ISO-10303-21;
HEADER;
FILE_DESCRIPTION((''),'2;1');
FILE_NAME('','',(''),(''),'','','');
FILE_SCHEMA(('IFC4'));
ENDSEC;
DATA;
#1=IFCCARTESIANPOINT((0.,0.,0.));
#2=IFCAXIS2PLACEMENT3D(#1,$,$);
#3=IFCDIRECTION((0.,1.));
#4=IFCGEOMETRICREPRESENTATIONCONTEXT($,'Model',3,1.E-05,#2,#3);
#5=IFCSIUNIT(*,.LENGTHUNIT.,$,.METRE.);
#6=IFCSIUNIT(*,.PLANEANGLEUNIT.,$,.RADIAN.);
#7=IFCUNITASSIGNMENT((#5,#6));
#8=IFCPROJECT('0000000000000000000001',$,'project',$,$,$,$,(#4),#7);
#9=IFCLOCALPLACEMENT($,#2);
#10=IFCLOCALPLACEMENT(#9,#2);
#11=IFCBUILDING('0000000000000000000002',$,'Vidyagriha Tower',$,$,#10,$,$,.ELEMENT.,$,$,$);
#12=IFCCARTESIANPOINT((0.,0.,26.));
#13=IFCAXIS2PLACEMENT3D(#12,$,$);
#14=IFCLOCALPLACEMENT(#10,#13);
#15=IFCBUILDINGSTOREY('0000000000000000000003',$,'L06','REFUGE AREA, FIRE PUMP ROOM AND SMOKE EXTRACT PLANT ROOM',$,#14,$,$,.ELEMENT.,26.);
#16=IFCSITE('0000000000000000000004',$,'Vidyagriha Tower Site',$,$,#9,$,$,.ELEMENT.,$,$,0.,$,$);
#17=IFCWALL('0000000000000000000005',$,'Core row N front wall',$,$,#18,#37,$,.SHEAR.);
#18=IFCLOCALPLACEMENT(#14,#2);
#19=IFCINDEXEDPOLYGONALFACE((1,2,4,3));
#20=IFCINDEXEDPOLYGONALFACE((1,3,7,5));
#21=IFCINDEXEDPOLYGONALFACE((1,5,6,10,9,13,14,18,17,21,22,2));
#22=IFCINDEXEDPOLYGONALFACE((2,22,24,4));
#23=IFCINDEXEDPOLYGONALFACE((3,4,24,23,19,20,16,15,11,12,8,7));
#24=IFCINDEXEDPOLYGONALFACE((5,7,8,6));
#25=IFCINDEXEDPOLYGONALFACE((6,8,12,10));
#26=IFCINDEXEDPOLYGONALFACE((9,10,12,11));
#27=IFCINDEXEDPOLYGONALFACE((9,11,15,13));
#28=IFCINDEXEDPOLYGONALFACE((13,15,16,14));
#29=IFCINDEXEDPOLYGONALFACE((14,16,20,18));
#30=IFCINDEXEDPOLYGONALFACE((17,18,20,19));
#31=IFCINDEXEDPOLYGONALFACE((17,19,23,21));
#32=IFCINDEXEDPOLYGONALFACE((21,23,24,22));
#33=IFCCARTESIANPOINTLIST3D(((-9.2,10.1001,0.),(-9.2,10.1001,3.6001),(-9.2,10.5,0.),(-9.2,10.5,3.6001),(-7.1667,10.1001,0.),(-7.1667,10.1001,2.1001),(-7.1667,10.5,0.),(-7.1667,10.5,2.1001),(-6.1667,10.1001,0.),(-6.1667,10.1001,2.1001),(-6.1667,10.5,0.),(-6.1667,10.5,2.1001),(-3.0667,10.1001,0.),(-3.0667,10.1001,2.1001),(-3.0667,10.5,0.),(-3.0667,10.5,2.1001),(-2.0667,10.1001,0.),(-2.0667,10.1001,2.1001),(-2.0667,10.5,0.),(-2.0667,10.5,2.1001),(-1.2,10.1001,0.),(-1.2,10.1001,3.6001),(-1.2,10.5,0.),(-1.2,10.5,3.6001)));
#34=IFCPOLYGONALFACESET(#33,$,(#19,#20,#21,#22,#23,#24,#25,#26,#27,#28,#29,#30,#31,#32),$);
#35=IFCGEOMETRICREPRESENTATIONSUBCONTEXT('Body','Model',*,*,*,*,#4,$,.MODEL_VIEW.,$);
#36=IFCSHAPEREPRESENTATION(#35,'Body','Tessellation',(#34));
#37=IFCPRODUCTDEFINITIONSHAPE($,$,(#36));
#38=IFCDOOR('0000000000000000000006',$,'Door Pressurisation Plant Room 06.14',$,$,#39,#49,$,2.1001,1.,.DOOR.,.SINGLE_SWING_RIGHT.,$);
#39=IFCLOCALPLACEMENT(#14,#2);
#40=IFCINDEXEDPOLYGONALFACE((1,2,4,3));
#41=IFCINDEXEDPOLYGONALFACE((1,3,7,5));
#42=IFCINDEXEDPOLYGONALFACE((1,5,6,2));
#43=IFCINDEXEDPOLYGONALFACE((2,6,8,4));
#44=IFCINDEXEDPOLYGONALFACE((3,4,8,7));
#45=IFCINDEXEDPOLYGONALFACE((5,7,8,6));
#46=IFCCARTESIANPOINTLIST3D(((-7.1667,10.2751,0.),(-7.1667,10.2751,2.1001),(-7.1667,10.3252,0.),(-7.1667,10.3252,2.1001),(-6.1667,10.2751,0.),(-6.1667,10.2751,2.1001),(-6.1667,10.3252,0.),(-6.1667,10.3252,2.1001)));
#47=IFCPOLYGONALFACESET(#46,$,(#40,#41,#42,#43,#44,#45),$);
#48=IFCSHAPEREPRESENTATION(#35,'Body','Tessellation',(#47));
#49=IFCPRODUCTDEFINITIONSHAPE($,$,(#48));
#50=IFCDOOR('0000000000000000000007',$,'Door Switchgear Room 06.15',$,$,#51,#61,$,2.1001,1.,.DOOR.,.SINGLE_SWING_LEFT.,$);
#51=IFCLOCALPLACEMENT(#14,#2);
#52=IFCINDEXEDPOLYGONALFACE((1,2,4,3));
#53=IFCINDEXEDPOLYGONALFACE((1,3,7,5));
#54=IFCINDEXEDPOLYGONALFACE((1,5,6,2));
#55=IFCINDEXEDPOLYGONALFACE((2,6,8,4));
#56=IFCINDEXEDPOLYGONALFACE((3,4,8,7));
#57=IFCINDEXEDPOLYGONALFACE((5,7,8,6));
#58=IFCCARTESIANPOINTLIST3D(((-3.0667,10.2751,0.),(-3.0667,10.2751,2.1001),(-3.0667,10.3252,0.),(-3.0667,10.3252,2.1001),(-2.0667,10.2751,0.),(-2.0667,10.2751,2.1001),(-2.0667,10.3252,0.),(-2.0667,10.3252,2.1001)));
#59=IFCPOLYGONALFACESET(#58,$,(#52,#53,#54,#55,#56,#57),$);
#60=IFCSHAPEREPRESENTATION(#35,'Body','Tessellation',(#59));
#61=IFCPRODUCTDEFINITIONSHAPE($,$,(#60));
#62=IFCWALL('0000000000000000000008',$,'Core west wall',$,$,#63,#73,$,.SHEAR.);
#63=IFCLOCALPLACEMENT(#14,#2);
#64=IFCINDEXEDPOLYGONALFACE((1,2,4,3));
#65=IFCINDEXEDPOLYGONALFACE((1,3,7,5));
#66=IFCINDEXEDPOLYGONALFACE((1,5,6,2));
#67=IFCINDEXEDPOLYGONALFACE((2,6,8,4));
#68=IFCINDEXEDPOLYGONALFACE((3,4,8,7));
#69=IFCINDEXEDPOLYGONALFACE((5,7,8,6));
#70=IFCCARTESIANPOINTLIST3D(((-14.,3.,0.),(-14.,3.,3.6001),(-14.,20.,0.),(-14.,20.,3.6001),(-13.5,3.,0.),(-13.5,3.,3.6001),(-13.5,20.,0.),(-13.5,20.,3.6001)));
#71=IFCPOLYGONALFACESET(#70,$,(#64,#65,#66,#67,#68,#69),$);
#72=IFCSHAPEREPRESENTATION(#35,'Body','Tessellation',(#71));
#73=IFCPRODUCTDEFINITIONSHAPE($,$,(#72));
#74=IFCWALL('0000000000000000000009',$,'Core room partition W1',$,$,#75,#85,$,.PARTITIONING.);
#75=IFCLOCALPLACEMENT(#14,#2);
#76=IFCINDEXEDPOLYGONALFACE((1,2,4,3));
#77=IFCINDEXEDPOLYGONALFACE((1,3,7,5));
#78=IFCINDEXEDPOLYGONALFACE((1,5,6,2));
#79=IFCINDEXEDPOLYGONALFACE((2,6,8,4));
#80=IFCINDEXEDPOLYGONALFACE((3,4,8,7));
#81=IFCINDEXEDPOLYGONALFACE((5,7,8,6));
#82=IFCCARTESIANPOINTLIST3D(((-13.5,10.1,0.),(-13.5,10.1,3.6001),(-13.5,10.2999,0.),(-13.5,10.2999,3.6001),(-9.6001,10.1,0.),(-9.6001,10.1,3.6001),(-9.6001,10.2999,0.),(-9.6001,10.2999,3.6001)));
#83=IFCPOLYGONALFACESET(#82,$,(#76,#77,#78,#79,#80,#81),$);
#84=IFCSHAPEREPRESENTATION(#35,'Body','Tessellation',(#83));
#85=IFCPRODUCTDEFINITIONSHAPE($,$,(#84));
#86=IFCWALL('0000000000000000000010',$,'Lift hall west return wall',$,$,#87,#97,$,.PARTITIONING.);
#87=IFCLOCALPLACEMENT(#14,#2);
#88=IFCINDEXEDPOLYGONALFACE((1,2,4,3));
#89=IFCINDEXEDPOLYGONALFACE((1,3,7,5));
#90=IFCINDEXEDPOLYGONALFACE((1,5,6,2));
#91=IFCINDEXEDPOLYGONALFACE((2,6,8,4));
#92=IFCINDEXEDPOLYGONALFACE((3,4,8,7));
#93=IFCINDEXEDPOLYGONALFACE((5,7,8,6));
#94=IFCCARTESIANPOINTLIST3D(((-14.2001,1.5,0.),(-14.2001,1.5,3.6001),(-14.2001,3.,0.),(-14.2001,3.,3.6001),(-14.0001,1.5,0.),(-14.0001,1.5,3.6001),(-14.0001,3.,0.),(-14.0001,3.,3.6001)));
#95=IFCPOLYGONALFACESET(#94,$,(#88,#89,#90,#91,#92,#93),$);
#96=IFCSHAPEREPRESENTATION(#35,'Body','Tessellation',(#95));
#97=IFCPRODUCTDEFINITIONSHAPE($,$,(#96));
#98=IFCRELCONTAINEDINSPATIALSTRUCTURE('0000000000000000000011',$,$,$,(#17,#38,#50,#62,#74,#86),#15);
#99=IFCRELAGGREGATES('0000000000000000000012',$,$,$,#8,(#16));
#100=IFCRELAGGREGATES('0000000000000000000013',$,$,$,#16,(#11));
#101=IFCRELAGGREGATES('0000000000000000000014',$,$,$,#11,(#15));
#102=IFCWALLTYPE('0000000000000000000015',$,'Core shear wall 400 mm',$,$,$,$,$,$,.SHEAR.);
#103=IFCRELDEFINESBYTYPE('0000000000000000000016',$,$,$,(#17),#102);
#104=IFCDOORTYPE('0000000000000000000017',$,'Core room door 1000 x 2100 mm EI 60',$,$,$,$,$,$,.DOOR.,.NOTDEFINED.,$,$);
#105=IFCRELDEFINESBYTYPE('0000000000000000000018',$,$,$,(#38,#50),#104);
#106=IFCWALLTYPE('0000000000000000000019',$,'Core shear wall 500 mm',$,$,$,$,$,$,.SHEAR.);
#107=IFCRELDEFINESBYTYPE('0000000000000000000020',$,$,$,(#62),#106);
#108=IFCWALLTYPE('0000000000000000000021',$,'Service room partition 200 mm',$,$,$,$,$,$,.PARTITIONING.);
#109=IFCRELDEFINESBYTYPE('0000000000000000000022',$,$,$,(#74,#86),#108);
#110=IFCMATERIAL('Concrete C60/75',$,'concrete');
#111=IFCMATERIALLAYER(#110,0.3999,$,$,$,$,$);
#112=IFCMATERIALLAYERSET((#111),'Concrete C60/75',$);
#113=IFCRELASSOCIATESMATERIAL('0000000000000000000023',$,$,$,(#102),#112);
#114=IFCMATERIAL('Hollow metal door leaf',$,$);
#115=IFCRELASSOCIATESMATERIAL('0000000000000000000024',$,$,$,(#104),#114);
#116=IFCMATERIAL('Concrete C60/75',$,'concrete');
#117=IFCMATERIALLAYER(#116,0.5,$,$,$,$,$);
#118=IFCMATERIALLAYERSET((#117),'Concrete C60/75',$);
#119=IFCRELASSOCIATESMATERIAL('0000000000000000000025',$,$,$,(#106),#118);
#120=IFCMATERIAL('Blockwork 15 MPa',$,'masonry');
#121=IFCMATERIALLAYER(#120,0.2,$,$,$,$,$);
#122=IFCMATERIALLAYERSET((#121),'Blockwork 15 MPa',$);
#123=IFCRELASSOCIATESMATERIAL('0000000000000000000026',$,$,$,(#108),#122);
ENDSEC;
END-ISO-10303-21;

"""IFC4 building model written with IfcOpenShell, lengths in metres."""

from ifc_helpers import new_model, si_unit, direction, frame, frame_2d, origin, place, context, subcontext, project, spatial, rectangle, extrude, material, layer, layer_set, type_object, element, fill, save


model = new_model("IFC4")

# Units and contexts
model_context = context("Model", 3, precision=1e-05, world=origin(), true_north=direction((0.0, 1.0)))
body_context = subcontext(model_context, "Body", "Model", "MODEL_VIEW")
ifc_project = project(units=[si_unit("LENGTHUNIT", "METRE"), si_unit("PLANEANGLEUNIT", "RADIAN")], contexts=[model_context])

# Site, building, storey
site_placement = place(None, origin())
site = spatial("IfcSite", under=ifc_project, at=site_placement, Name="Vidyagriha Tower Site", CompositionType="ELEMENT", RefElevation=0.0)
building_placement = place(site_placement, origin())
building = spatial("IfcBuilding", under=site, at=building_placement, Name="Vidyagriha Tower", CompositionType="ELEMENT")
storey_placement = place(building_placement, frame((0.0, 0.0, 26.0)))
storey = spatial("IfcBuildingStorey", under=building, at=storey_placement, Name="L06", Description="REFUGE AREA, FIRE PUMP ROOM AND SMOKE EXTRACT PLANT ROOM", CompositionType="ELEMENT", Elevation=26.0)

# Shared definitions
ifc_material_1 = material(Name="Concrete C60/75", Category="concrete")
ifc_layer_1 = layer(ifc_material_1, 0.3999)
ifc_layer_set_1 = layer_set([ifc_layer_1], Name="Concrete C60/75")
wall_type_1 = type_object("IfcWallType", Name="Core shear wall 400 mm", PredefinedType="SHEAR", material=ifc_layer_set_1)
ifc_material_2 = material(Name="Hollow metal door leaf")
door_type_1 = type_object("IfcDoorType", Name="Core room door 1000 x 2100 mm EI 60", OperationType="NOTDEFINED", PredefinedType="DOOR", material=ifc_material_2)

# Wall, openings, doors
wall_1_placement = place(storey_placement, frame((-9.2, 10.3, 0.0)))
wall_1 = element("IfcWall", 1, at=wall_1_placement, inside=storey, type_object=wall_type_1, Name="Core row N front wall", PredefinedType="SHEAR", context=body_context, shape_type="SweptSolid", body=[
    extrude(rectangle(XDim=8.0, YDim=0.3999, at=frame_2d((4.0, 0.0))), origin(), (0.0, 0.0, 1.0), 3.6001),
])
opening_1_placement = place(wall_1_placement, frame((2.0332, 0.0, 0.0)))
opening_1 = element("IfcOpeningElement", 2, at=opening_1_placement, cuts=wall_1, PredefinedType="OPENING", context=body_context, shape_type="SweptSolid", body=[
    extrude(rectangle(XDim=1.0, YDim=2.1001, at=frame_2d((0.5, 1.05))), frame((0.0, 0.21, 0.0), z_axis=(0.0, -1.0, 0.0), x_axis=(1.0, 0.0, 0.0)), (0.0, 0.0, 1.0), 0.4199),
])
opening_2_placement = place(wall_1_placement, frame((6.1333, 0.0, 0.0)))
opening_2 = element("IfcOpeningElement", 3, at=opening_2_placement, cuts=wall_1, PredefinedType="OPENING", context=body_context, shape_type="SweptSolid", body=[
    extrude(rectangle(XDim=1.0, YDim=2.1001, at=frame_2d((0.5, 1.05))), frame((0.0, 0.21, 0.0), z_axis=(0.0, -1.0, 0.0), x_axis=(1.0, 0.0, 0.0)), (0.0, 0.0, 1.0), 0.4199),
])
door_1_placement = place(opening_1_placement, frame((1.0, 0.0, 0.0), z_axis=(0.0, 0.0, 1.0), x_axis=(-1.0, 0.0, 0.0)))
door_1 = element("IfcDoor", 4, at=door_1_placement, inside=storey, type_object=door_type_1, Name="Door Pressurisation Plant Room 06.14", OperationType="SINGLE_SWING_RIGHT", OverallHeight=2.1001, OverallWidth=1.0, PredefinedType="DOOR", context=body_context, shape_type="SweptSolid", body=[
    extrude(rectangle(XDim=1.0, YDim=2.1001, at=frame_2d((0.5, 1.05))), frame((0.0, 0.0249, 0.0), z_axis=(0.0, -1.0, 0.0), x_axis=(1.0, 0.0, 0.0)), (0.0, 0.0, 1.0), 0.05),
])
fill(opening_1, door_1)
door_2_placement = place(opening_2_placement, frame((1.0, 0.0, 0.0), z_axis=(0.0, 0.0, 1.0), x_axis=(-1.0, 0.0, 0.0)))
door_2 = element("IfcDoor", 5, at=door_2_placement, inside=storey, type_object=door_type_1, Name="Door Switchgear Room 06.15", OperationType="SINGLE_SWING_LEFT", OverallHeight=2.1001, OverallWidth=1.0, PredefinedType="DOOR", context=body_context, shape_type="SweptSolid", body=[
    extrude(rectangle(XDim=1.0, YDim=2.1001, at=frame_2d((0.5, 1.05))), frame((0.0, 0.0249, 0.0), z_axis=(0.0, -1.0, 0.0), x_axis=(1.0, 0.0, 0.0)), (0.0, 0.0, 1.0), 0.05),
])
fill(opening_2, door_2)

# Walls
ifc_material_3 = material(Name="Concrete C60/75", Category="concrete")
ifc_layer_2 = layer(ifc_material_3, 0.5)
ifc_layer_set_2 = layer_set([ifc_layer_2], Name="Concrete C60/75")
wall_type_2 = type_object("IfcWallType", Name="Core shear wall 500 mm", PredefinedType="SHEAR", material=ifc_layer_set_2)
wall_2_placement = place(storey_placement, frame((-13.75, 3.0, 0.0), z_axis=(0.0, 0.0, 1.0), x_axis=(0.0, 1.0, 0.0)))
element("IfcWall", 6, at=wall_2_placement, inside=storey, type_object=wall_type_2, Name="Core west wall", PredefinedType="SHEAR", context=body_context, shape_type="SweptSolid", body=[
    extrude(rectangle(XDim=17.0, YDim=0.5, at=frame_2d((8.5, 0.0))), origin(), (0.0, 0.0, 1.0), 3.6001),
])
ifc_material_4 = material(Name="Blockwork 15 MPa", Category="masonry")
ifc_layer_3 = layer(ifc_material_4, 0.2)
ifc_layer_set_3 = layer_set([ifc_layer_3], Name="Blockwork 15 MPa")
wall_type_3 = type_object("IfcWallType", Name="Service room partition 200 mm", PredefinedType="PARTITIONING", material=ifc_layer_set_3)
wall_3_placement = place(storey_placement, frame((-13.5, 10.2, 0.0)))
element("IfcWall", 7, at=wall_3_placement, inside=storey, type_object=wall_type_3, Name="Core room partition W1", PredefinedType="PARTITIONING", context=body_context, shape_type="SweptSolid", body=[
    extrude(rectangle(XDim=3.8999, YDim=0.2, at=frame_2d((1.95, 0.0))), origin(), (0.0, 0.0, 1.0), 3.6001),
])
wall_4_placement = place(storey_placement, frame((-14.1001, 1.5, 0.0), z_axis=(0.0, 0.0, 1.0), x_axis=(0.0, 1.0, 0.0)))
element("IfcWall", 8, at=wall_4_placement, inside=storey, type_object=wall_type_3, Name="Lift hall west return wall", PredefinedType="PARTITIONING", context=body_context, shape_type="SweptSolid", body=[
    extrude(rectangle(XDim=1.5, YDim=0.2, at=frame_2d((0.75, 0.0))), origin(), (0.0, 0.0, 1.0), 3.6001),
])

save(model, "model.ifc")
